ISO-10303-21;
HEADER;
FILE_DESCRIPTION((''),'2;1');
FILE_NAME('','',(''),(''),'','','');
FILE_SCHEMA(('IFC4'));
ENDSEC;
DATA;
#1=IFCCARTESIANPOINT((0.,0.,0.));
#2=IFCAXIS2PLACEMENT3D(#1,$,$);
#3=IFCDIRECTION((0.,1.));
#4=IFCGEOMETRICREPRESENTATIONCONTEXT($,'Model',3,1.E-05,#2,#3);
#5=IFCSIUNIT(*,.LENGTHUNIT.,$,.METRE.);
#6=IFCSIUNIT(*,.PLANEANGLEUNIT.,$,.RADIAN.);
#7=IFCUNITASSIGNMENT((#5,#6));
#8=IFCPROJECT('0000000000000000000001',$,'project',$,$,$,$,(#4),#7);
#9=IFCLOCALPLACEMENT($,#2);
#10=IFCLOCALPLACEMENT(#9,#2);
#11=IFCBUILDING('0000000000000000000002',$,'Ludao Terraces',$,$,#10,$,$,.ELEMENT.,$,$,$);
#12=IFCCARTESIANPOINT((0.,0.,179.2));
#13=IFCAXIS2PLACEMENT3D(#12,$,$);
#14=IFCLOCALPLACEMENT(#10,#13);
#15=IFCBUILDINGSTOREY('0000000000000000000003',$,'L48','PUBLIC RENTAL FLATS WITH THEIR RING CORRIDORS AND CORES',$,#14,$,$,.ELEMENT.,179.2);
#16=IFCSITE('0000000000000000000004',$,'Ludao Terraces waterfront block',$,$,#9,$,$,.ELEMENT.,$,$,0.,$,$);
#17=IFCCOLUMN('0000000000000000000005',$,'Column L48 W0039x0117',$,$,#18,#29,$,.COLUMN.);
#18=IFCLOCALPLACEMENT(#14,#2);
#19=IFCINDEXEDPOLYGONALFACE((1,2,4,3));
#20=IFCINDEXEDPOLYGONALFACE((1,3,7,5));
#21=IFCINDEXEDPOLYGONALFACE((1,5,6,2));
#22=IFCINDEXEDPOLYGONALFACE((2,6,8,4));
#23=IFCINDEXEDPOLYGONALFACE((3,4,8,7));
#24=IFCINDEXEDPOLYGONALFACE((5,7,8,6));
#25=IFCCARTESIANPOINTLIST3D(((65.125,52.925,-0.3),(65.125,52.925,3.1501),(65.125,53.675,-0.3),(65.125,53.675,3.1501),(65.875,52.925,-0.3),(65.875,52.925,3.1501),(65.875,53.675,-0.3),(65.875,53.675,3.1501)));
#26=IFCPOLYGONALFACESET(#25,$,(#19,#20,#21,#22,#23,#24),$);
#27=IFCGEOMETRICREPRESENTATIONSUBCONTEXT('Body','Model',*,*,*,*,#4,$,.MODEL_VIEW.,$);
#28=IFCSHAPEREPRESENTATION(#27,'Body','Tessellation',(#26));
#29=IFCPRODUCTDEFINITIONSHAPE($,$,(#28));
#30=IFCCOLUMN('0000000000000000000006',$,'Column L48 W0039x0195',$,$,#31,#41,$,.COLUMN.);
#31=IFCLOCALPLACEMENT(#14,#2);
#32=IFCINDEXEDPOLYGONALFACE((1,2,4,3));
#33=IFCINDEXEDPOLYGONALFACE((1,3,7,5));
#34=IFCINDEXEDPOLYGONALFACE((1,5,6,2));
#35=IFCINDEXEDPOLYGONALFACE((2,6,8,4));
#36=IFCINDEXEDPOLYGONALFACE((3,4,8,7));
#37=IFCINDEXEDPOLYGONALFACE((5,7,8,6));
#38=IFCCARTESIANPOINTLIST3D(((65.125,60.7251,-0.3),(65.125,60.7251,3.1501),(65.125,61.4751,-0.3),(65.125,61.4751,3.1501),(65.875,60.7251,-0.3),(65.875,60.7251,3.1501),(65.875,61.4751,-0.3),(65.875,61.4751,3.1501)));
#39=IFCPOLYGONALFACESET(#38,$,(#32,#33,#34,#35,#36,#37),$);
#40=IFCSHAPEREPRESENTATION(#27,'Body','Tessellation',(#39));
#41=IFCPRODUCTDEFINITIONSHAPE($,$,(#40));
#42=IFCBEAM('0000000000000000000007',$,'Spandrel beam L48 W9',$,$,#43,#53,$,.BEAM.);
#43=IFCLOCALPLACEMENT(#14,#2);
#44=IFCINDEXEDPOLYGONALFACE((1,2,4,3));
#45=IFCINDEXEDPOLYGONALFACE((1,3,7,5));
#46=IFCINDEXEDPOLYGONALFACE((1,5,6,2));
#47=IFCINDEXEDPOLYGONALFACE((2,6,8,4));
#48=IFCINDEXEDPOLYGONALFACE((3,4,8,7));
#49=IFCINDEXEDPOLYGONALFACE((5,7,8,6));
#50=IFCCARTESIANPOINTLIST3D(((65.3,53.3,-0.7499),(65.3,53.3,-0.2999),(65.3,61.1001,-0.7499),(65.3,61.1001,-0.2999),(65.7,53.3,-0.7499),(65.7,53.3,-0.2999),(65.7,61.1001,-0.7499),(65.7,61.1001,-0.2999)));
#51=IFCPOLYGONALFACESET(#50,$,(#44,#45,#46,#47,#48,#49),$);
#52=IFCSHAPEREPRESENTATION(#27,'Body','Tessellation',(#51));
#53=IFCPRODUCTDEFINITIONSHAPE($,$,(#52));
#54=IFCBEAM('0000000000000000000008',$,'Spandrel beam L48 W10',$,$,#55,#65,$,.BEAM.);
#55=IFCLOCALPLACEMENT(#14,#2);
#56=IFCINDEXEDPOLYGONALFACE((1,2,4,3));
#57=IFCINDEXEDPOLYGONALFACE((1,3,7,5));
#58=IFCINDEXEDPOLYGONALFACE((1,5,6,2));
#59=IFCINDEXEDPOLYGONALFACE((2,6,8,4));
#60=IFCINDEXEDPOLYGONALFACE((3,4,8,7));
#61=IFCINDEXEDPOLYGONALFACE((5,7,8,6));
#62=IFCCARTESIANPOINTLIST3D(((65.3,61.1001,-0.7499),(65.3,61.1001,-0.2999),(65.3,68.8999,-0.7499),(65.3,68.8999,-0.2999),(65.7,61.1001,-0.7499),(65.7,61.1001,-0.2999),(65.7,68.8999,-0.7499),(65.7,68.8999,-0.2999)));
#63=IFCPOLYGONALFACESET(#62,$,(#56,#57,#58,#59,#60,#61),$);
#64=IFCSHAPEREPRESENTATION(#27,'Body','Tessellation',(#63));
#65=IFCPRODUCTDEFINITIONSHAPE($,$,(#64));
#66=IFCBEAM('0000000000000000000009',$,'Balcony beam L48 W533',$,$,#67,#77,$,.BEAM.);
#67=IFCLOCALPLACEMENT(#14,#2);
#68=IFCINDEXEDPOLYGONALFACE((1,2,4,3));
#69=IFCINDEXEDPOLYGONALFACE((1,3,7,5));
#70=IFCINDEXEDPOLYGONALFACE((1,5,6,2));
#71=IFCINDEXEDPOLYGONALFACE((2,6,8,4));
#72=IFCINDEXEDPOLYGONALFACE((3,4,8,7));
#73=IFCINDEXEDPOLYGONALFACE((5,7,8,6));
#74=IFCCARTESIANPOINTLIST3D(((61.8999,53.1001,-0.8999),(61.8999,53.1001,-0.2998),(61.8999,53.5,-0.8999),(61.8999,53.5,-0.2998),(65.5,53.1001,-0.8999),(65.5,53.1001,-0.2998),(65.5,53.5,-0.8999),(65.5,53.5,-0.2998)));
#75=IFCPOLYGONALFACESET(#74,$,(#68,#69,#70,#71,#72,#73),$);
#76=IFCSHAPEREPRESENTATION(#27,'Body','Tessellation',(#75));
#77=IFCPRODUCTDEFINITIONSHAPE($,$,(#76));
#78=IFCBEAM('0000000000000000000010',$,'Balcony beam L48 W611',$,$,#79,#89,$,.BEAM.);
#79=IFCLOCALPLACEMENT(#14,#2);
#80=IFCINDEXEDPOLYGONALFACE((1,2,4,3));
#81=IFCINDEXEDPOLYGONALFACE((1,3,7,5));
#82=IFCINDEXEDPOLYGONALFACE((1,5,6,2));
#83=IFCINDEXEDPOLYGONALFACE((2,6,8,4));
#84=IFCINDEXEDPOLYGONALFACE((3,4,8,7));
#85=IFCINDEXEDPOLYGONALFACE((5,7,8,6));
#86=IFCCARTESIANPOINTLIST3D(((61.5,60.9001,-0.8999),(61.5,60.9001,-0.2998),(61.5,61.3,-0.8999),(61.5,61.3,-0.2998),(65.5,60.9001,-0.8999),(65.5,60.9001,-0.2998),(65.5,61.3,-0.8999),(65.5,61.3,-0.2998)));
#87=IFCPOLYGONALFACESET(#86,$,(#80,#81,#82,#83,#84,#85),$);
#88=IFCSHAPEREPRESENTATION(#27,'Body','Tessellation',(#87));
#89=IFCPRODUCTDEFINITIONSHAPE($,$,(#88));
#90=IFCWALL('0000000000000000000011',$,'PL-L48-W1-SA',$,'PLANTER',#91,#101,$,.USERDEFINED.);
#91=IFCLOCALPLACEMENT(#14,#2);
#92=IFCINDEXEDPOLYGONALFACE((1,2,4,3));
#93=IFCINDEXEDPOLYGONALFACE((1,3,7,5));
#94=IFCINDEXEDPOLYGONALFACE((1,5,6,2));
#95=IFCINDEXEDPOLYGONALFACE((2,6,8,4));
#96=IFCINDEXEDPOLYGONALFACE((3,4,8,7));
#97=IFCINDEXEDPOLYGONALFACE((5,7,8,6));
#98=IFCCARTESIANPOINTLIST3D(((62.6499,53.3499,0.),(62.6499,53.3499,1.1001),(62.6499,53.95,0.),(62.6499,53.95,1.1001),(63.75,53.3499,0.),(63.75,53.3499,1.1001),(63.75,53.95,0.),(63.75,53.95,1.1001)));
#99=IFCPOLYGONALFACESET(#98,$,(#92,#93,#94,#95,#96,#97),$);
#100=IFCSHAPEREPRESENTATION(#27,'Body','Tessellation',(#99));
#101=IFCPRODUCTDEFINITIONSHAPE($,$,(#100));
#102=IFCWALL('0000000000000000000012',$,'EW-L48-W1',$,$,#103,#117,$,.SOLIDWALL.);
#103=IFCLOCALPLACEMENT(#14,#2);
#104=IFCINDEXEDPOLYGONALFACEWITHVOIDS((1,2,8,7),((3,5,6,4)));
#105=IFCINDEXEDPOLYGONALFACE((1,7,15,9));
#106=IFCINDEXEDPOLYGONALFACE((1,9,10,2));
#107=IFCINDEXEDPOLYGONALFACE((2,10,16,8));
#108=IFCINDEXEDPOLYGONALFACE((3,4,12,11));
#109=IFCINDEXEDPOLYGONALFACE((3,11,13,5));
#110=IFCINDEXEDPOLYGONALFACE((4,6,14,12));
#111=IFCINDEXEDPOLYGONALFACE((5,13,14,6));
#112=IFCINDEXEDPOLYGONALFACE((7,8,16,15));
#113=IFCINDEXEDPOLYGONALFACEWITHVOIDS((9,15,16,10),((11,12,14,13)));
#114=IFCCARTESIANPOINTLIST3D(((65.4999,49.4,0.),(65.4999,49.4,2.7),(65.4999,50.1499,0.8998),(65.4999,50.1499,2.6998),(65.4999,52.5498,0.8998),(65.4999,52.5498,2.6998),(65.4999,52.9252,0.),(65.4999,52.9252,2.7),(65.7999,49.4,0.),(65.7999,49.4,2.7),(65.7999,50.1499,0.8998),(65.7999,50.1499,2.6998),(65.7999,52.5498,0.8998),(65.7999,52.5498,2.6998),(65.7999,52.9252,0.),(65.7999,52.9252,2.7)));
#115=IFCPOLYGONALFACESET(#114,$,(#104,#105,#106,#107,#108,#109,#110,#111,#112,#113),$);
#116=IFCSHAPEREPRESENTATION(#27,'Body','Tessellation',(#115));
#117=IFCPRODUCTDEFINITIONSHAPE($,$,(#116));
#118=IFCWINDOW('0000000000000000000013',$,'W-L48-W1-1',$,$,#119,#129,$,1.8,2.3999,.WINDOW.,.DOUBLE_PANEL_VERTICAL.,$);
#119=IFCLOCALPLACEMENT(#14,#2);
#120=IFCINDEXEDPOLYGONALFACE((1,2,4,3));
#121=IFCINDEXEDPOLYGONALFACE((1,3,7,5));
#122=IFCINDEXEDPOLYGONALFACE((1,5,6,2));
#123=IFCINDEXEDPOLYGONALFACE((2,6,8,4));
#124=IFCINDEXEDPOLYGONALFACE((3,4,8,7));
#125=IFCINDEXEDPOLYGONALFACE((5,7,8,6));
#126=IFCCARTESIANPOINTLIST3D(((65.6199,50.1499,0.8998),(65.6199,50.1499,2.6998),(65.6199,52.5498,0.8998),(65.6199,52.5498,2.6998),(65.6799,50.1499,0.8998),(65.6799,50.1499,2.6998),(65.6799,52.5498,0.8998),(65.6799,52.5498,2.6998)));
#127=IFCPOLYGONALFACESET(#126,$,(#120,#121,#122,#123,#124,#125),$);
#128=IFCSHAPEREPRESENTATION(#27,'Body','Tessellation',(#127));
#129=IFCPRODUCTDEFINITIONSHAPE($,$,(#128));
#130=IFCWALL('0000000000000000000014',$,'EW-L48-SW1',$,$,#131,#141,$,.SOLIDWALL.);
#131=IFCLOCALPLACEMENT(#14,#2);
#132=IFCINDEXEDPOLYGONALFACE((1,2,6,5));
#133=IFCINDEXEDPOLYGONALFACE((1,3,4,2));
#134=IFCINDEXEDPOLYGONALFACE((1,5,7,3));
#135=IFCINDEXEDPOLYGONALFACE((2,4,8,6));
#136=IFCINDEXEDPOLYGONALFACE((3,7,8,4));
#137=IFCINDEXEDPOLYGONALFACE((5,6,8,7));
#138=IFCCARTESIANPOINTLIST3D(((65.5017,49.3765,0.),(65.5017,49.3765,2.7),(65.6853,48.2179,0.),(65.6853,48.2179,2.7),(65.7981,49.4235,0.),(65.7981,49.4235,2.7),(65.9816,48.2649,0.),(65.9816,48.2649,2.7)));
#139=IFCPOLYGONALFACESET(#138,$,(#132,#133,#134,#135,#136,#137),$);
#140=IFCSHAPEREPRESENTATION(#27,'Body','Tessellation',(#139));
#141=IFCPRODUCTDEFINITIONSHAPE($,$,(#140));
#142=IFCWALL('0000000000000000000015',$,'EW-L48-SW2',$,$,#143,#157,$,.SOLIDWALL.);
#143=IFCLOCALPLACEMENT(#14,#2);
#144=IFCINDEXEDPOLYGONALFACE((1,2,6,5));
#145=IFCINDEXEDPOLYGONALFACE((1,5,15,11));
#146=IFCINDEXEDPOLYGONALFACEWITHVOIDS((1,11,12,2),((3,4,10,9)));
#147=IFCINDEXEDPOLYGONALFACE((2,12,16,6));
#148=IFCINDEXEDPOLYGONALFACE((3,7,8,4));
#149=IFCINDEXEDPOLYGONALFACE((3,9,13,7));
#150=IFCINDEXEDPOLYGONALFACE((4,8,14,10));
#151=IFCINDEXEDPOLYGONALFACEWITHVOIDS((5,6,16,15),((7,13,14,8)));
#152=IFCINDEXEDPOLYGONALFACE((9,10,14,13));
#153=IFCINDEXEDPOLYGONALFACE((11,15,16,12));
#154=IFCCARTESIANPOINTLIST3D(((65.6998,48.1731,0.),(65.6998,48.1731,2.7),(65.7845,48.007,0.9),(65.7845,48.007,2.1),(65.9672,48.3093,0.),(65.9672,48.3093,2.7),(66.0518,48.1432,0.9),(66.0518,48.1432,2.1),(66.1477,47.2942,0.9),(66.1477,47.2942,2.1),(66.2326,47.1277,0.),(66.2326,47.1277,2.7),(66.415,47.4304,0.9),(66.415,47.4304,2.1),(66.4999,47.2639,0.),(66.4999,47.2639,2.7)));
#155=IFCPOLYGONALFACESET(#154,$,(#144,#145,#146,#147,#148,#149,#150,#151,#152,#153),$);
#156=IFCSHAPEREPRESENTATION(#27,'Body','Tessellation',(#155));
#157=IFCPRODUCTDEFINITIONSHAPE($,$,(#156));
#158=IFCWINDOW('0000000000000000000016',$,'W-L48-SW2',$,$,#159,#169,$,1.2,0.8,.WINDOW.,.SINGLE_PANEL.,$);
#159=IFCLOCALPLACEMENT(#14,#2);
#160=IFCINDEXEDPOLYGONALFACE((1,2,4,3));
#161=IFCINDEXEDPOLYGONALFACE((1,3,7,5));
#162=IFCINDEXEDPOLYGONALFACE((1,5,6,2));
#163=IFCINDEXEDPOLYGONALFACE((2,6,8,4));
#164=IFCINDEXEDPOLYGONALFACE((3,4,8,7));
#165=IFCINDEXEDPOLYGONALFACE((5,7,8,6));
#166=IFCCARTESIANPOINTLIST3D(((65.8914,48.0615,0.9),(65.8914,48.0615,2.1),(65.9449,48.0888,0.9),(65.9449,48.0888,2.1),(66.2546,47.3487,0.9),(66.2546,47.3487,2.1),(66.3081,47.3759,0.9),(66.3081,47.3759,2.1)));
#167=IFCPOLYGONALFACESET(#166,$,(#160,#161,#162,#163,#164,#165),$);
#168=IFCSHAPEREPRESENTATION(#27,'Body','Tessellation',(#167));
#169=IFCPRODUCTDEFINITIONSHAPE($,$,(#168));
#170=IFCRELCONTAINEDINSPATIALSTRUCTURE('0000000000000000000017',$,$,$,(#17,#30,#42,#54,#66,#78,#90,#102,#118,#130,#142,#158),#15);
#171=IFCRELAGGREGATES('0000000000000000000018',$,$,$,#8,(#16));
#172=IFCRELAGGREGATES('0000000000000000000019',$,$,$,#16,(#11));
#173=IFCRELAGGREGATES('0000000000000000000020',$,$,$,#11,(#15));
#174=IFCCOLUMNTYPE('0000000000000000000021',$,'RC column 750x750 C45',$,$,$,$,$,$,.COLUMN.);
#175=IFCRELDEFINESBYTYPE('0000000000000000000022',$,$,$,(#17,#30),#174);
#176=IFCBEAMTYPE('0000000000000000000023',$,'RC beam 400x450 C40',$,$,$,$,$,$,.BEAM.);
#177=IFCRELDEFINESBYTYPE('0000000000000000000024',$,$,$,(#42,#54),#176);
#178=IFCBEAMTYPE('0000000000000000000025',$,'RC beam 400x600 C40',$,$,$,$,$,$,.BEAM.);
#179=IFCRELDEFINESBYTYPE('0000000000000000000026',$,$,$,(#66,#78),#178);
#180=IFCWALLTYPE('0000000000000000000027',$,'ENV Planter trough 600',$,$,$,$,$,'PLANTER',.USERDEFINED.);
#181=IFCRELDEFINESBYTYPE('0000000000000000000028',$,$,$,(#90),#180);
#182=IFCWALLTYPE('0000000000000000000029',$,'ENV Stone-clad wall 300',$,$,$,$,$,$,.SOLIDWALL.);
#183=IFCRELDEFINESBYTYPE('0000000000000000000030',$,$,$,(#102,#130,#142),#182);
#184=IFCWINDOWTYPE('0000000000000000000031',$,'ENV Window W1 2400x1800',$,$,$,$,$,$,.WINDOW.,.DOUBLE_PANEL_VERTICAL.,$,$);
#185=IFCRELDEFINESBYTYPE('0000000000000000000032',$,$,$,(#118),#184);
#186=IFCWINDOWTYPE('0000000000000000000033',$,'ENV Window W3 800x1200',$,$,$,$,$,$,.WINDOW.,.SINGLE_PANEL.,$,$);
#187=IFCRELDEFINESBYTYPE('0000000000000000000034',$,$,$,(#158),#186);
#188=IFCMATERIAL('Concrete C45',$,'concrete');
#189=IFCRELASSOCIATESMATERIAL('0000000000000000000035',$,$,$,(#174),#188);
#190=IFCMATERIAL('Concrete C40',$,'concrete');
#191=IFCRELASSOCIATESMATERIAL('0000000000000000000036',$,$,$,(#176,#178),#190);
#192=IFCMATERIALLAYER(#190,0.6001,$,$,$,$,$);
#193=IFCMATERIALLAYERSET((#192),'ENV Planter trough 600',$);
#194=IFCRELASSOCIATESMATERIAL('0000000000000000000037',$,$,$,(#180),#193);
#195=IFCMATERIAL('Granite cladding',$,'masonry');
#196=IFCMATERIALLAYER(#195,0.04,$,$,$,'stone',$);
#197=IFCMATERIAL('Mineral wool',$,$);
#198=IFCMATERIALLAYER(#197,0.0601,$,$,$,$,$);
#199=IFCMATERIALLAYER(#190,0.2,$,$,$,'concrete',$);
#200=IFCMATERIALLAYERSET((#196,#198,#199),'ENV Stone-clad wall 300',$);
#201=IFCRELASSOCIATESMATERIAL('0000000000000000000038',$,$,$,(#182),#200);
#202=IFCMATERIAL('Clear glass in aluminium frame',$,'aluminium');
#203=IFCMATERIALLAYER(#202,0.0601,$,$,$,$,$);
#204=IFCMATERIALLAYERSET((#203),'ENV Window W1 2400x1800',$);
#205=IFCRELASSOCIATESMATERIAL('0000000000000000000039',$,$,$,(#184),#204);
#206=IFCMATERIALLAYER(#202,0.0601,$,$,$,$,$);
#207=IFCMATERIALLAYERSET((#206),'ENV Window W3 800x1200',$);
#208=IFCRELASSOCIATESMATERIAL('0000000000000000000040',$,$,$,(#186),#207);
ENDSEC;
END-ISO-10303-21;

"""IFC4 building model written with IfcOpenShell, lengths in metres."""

from ifc_helpers import new_model, si_unit, direction, frame, frame_2d, origin, origin_2d, place, context, subcontext, project, spatial, rectangle, extrude, material, layer, layer_set, material_profile, profile_set, type_object, element, fill, save


model = new_model("IFC4")

# Units and contexts
model_context = context("Model", 3, precision=1e-05, world=origin(), true_north=direction((0.0, 1.0)))
body_context = subcontext(model_context, "Body", "Model", "MODEL_VIEW")
ifc_project = project(units=[si_unit("LENGTHUNIT", "METRE"), si_unit("PLANEANGLEUNIT", "RADIAN")], contexts=[model_context])

# Site, building, storey
site_placement = place(None, origin())
site = spatial("IfcSite", under=ifc_project, at=site_placement, Name="Ludao Terraces waterfront block", CompositionType="ELEMENT", RefElevation=0.0)
building_placement = place(site_placement, origin())
building = spatial("IfcBuilding", under=site, at=building_placement, Name="Ludao Terraces", CompositionType="ELEMENT")
storey_placement = place(building_placement, frame((0.0, 0.0, 179.2)))
storey = spatial("IfcBuildingStorey", under=building, at=storey_placement, Name="L48", Description="PUBLIC RENTAL FLATS WITH THEIR RING CORRIDORS AND CORES", CompositionType="ELEMENT", Elevation=179.2)

# Columns
ifc_material_1 = material(Name="Concrete C45", Category="concrete")
ifc_material_profile_1 = material_profile(ifc_material_1, rectangle(XDim=0.75, YDim=0.75, at=origin_2d()), Name="750 X 750")
ifc_profile_set_1 = profile_set([ifc_material_profile_1], Name="Concrete C45")
column_type = type_object("IfcColumnType", Name="RC column 750x750 C45", PredefinedType="COLUMN", material=ifc_profile_set_1)
for number, where, z_axis, x_axis, name in (
    (1, (65.5, 53.3, -0.3), (0.0, 0.0, 1.0), (1.0, 0.0, 0.0), "Column L48 W0039x0117"),
    (2, (65.5, 61.1001, -0.3), (0.0, 0.0, 1.0), (1.0, 0.0, 0.0), "Column L48 W0039x0195"),
):
    element("IfcColumn", number, at=place(storey_placement, frame(where, z_axis=z_axis, x_axis=x_axis)), inside=storey, type_object=column_type, Name=name, PredefinedType="COLUMN", context=body_context, shape_type="SweptSolid", body=[
        extrude(rectangle(XDim=0.75, YDim=0.75, at=origin_2d()), origin(), (0.0, 0.0, 1.0), 3.4502),
    ])

# Beams
ifc_material_2 = material(Name="Concrete C40", Category="concrete")
ifc_material_profile_2 = material_profile(ifc_material_2, rectangle(XDim=0.3999, YDim=0.45, at=origin_2d()), Name="400 X 450")
ifc_profile_set_2 = profile_set([ifc_material_profile_2], Name="Concrete C40")
beam_type_1 = type_object("IfcBeamType", Name="RC beam 400x450 C40", PredefinedType="BEAM", material=ifc_profile_set_2)
beam_1_placement = place(storey_placement, frame((65.5, 53.3, -0.5249), z_axis=(0.0, 1.0, 0.0), x_axis=(-1.0, 0.0, 0.0)))
element("IfcBeam", 3, at=beam_1_placement, inside=storey, type_object=beam_type_1, Name="Spandrel beam L48 W9", PredefinedType="BEAM", context=body_context, shape_type="SweptSolid", body=[
    extrude(rectangle(XDim=0.3999, YDim=0.45, at=origin_2d()), origin(), (0.0, 0.0, 1.0), 7.8),
])
beam_2_placement = place(storey_placement, frame((65.5, 61.1001, -0.5249), z_axis=(0.0, 1.0, 0.0), x_axis=(-1.0, 0.0, 0.0)))
element("IfcBeam", 4, at=beam_2_placement, inside=storey, type_object=beam_type_1, Name="Spandrel beam L48 W10", PredefinedType="BEAM", context=body_context, shape_type="SweptSolid", body=[
    extrude(rectangle(XDim=0.3999, YDim=0.45, at=origin_2d()), origin(), (0.0, 0.0, 1.0), 7.7998),
])
ifc_material_profile_3 = material_profile(ifc_material_2, rectangle(XDim=0.3999, YDim=0.6001, at=origin_2d()), Name="400 X 600")
ifc_profile_set_3 = profile_set([ifc_material_profile_3], Name="Concrete C40")
beam_type_2 = type_object("IfcBeamType", Name="RC beam 400x600 C40", PredefinedType="BEAM", material=ifc_profile_set_3)
beam_3_placement = place(storey_placement, frame((65.5, 53.3, -0.5999), z_axis=(-1.0, 0.0, 0.0), x_axis=(0.0, -1.0, 0.0)))
element("IfcBeam", 5, at=beam_3_placement, inside=storey, type_object=beam_type_2, Name="Balcony beam L48 W533", PredefinedType="BEAM", context=body_context, shape_type="SweptSolid", body=[
    extrude(rectangle(XDim=0.3999, YDim=0.6001, at=origin_2d()), origin(), (0.0, 0.0, 1.0), 3.6001),
])
beam_4_placement = place(storey_placement, frame((65.5, 61.1001, -0.5999), z_axis=(-1.0, 0.0, 0.0), x_axis=(0.0, -1.0, 0.0)))
element("IfcBeam", 6, at=beam_4_placement, inside=storey, type_object=beam_type_2, Name="Balcony beam L48 W611", PredefinedType="BEAM", context=body_context, shape_type="SweptSolid", body=[
    extrude(rectangle(XDim=0.3999, YDim=0.6001, at=origin_2d()), origin(), (0.0, 0.0, 1.0), 4.0),
])

# Wall
ifc_layer_1 = layer(ifc_material_2, 0.6001)
ifc_layer_set_1 = layer_set([ifc_layer_1], Name="ENV Planter trough 600")
wall_type_1 = type_object("IfcWallType", Name="ENV Planter trough 600", ElementType="PLANTER", PredefinedType="USERDEFINED", material=ifc_layer_set_1)
wall_1_placement = place(storey_placement, frame((62.6499, 53.6499, 0.0), z_axis=(0.0, 0.0, 1.0), x_axis=(1.0, 0.0, 0.0)))
element("IfcWall", 7, at=wall_1_placement, inside=storey, type_object=wall_type_1, Name="PL-L48-W1-SA", ObjectType="PLANTER", PredefinedType="USERDEFINED", context=body_context, shape_type="SweptSolid", body=[
    extrude(rectangle(XDim=1.1001, YDim=0.6001, at=frame_2d((0.55, 0.0))), origin(), (0.0, 0.0, 1.0), 1.1001),
])

# Wall, opening, window
ifc_material_3 = material(Name="Granite cladding", Category="masonry")
ifc_layer_2 = layer(ifc_material_3, 0.04, Category="stone")
ifc_material_4 = material(Name="Mineral wool")
ifc_layer_3 = layer(ifc_material_4, 0.0601)
ifc_layer_4 = layer(ifc_material_2, 0.2, Category="concrete")
ifc_layer_set_2 = layer_set([ifc_layer_2, ifc_layer_3, ifc_layer_4], Name="ENV Stone-clad wall 300")
wall_type_2 = type_object("IfcWallType", Name="ENV Stone-clad wall 300", PredefinedType="SOLIDWALL", material=ifc_layer_set_2)
wall_2_placement = place(storey_placement, frame((65.6499, 49.3999, 0.0), z_axis=(0.0, 0.0, 1.0), x_axis=(0.0, 1.0, 0.0)))
wall_2 = element("IfcWall", 8, at=wall_2_placement, inside=storey, type_object=wall_type_2, Name="EW-L48-W1", PredefinedType="SOLIDWALL", context=body_context, shape_type="SweptSolid", body=[
    extrude(rectangle(XDim=3.5251, YDim=0.3, at=frame_2d((1.7627, 0.0))), origin(), (0.0, 0.0, 1.0), 2.7),
])
opening_1_placement = place(wall_2_placement, frame((0.75, 0.0, 0.8999)))
opening_1 = element("IfcOpeningElement", 9, at=opening_1_placement, cuts=wall_2, PredefinedType="OPENING", context=body_context, shape_type="SweptSolid", body=[
    extrude(rectangle(XDim=2.3999, YDim=1.8, at=frame_2d((1.2, 0.8999))), frame((0.0, 0.1602, 0.0), z_axis=(0.0, -1.0, 0.0), x_axis=(1.0, 0.0, 0.0)), (0.0, 0.0, 1.0), 0.3201),
])
ifc_material_5 = material(Name="Clear glass in aluminium frame", Category="aluminium")
ifc_layer_5 = layer(ifc_material_5, 0.0601)
ifc_layer_set_3 = layer_set([ifc_layer_5], Name="ENV Window W1 2400x1800")
window_type_1 = type_object("IfcWindowType", Name="ENV Window W1 2400x1800", PartitioningType="DOUBLE_PANEL_VERTICAL", PredefinedType="WINDOW", material=ifc_layer_set_3)
window_1_placement = place(opening_1_placement, origin())
window_1 = element("IfcWindow", 10, at=window_1_placement, inside=storey, type_object=window_type_1, Name="W-L48-W1-1", OverallHeight=1.8, OverallWidth=2.3999, PartitioningType="DOUBLE_PANEL_VERTICAL", PredefinedType="WINDOW", context=body_context, shape_type="SweptSolid", body=[
    extrude(rectangle(XDim=2.3999, YDim=1.8, at=frame_2d((1.2, 0.8999))), frame((0.0, 0.03, 0.0), z_axis=(0.0, -1.0, 0.0), x_axis=(1.0, 0.0, 0.0)), (0.0, 0.0, 1.0), 0.0601),
])
fill(opening_1, window_1)

# Wall
wall_3_placement = place(storey_placement, frame((65.6499, 49.3999, 0.0), z_axis=(0.0, 0.0, 1.0), x_axis=(0.156497, -0.987678, 0.0)))
element("IfcWall", 11, at=wall_3_placement, inside=storey, type_object=wall_type_2, Name="EW-L48-SW1", PredefinedType="SOLIDWALL", context=body_context, shape_type="SweptSolid", body=[
    extrude(rectangle(XDim=1.1731, YDim=0.3, at=frame_2d((0.5864, 0.0))), origin(), (0.0, 0.0, 1.0), 2.7),
])

# Wall, opening, window
wall_4_placement = place(storey_placement, frame((65.8335, 48.2412, 0.0), z_axis=(0.0, 0.0, 1.0), x_axis=(0.454026, -0.890989, 0.0)))
wall_4 = element("IfcWall", 12, at=wall_4_placement, inside=storey, type_object=wall_type_2, Name="EW-L48-SW2", PredefinedType="SOLIDWALL", context=body_context, shape_type="SweptSolid", body=[
    extrude(rectangle(XDim=1.1733, YDim=0.3, at=frame_2d((0.5867, 0.0))), origin(), (0.0, 0.0, 1.0), 2.7),
])
opening_2_placement = place(wall_4_placement, frame((0.1865, 0.0, 0.8999)))
opening_2 = element("IfcOpeningElement", 13, at=opening_2_placement, cuts=wall_4, PredefinedType="OPENING", context=body_context, shape_type="SweptSolid", body=[
    extrude(rectangle(XDim=0.8, YDim=1.2, at=frame_2d((0.3999, 0.6001))), frame((0.0, 0.1602, 0.0), z_axis=(0.0, -1.0, 0.0), x_axis=(1.0, 0.0, 0.0)), (0.0, 0.0, 1.0), 0.3201),
])
ifc_layer_6 = layer(ifc_material_5, 0.0601)
ifc_layer_set_4 = layer_set([ifc_layer_6], Name="ENV Window W3 800x1200")
window_type_2 = type_object("IfcWindowType", Name="ENV Window W3 800x1200", PartitioningType="SINGLE_PANEL", PredefinedType="WINDOW", material=ifc_layer_set_4)
window_2_placement = place(opening_2_placement, origin())
window_2 = element("IfcWindow", 14, at=window_2_placement, inside=storey, type_object=window_type_2, Name="W-L48-SW2", OverallHeight=1.2, OverallWidth=0.8, PartitioningType="SINGLE_PANEL", PredefinedType="WINDOW", context=body_context, shape_type="SweptSolid", body=[
    extrude(rectangle(XDim=0.8, YDim=1.2, at=frame_2d((0.3999, 0.6001))), frame((0.0, 0.03, 0.0), z_axis=(0.0, -1.0, 0.0), x_axis=(1.0, 0.0, 0.0)), (0.0, 0.0, 1.0), 0.0601),
])
fill(opening_2, window_2)

save(model, "model.ifc")
